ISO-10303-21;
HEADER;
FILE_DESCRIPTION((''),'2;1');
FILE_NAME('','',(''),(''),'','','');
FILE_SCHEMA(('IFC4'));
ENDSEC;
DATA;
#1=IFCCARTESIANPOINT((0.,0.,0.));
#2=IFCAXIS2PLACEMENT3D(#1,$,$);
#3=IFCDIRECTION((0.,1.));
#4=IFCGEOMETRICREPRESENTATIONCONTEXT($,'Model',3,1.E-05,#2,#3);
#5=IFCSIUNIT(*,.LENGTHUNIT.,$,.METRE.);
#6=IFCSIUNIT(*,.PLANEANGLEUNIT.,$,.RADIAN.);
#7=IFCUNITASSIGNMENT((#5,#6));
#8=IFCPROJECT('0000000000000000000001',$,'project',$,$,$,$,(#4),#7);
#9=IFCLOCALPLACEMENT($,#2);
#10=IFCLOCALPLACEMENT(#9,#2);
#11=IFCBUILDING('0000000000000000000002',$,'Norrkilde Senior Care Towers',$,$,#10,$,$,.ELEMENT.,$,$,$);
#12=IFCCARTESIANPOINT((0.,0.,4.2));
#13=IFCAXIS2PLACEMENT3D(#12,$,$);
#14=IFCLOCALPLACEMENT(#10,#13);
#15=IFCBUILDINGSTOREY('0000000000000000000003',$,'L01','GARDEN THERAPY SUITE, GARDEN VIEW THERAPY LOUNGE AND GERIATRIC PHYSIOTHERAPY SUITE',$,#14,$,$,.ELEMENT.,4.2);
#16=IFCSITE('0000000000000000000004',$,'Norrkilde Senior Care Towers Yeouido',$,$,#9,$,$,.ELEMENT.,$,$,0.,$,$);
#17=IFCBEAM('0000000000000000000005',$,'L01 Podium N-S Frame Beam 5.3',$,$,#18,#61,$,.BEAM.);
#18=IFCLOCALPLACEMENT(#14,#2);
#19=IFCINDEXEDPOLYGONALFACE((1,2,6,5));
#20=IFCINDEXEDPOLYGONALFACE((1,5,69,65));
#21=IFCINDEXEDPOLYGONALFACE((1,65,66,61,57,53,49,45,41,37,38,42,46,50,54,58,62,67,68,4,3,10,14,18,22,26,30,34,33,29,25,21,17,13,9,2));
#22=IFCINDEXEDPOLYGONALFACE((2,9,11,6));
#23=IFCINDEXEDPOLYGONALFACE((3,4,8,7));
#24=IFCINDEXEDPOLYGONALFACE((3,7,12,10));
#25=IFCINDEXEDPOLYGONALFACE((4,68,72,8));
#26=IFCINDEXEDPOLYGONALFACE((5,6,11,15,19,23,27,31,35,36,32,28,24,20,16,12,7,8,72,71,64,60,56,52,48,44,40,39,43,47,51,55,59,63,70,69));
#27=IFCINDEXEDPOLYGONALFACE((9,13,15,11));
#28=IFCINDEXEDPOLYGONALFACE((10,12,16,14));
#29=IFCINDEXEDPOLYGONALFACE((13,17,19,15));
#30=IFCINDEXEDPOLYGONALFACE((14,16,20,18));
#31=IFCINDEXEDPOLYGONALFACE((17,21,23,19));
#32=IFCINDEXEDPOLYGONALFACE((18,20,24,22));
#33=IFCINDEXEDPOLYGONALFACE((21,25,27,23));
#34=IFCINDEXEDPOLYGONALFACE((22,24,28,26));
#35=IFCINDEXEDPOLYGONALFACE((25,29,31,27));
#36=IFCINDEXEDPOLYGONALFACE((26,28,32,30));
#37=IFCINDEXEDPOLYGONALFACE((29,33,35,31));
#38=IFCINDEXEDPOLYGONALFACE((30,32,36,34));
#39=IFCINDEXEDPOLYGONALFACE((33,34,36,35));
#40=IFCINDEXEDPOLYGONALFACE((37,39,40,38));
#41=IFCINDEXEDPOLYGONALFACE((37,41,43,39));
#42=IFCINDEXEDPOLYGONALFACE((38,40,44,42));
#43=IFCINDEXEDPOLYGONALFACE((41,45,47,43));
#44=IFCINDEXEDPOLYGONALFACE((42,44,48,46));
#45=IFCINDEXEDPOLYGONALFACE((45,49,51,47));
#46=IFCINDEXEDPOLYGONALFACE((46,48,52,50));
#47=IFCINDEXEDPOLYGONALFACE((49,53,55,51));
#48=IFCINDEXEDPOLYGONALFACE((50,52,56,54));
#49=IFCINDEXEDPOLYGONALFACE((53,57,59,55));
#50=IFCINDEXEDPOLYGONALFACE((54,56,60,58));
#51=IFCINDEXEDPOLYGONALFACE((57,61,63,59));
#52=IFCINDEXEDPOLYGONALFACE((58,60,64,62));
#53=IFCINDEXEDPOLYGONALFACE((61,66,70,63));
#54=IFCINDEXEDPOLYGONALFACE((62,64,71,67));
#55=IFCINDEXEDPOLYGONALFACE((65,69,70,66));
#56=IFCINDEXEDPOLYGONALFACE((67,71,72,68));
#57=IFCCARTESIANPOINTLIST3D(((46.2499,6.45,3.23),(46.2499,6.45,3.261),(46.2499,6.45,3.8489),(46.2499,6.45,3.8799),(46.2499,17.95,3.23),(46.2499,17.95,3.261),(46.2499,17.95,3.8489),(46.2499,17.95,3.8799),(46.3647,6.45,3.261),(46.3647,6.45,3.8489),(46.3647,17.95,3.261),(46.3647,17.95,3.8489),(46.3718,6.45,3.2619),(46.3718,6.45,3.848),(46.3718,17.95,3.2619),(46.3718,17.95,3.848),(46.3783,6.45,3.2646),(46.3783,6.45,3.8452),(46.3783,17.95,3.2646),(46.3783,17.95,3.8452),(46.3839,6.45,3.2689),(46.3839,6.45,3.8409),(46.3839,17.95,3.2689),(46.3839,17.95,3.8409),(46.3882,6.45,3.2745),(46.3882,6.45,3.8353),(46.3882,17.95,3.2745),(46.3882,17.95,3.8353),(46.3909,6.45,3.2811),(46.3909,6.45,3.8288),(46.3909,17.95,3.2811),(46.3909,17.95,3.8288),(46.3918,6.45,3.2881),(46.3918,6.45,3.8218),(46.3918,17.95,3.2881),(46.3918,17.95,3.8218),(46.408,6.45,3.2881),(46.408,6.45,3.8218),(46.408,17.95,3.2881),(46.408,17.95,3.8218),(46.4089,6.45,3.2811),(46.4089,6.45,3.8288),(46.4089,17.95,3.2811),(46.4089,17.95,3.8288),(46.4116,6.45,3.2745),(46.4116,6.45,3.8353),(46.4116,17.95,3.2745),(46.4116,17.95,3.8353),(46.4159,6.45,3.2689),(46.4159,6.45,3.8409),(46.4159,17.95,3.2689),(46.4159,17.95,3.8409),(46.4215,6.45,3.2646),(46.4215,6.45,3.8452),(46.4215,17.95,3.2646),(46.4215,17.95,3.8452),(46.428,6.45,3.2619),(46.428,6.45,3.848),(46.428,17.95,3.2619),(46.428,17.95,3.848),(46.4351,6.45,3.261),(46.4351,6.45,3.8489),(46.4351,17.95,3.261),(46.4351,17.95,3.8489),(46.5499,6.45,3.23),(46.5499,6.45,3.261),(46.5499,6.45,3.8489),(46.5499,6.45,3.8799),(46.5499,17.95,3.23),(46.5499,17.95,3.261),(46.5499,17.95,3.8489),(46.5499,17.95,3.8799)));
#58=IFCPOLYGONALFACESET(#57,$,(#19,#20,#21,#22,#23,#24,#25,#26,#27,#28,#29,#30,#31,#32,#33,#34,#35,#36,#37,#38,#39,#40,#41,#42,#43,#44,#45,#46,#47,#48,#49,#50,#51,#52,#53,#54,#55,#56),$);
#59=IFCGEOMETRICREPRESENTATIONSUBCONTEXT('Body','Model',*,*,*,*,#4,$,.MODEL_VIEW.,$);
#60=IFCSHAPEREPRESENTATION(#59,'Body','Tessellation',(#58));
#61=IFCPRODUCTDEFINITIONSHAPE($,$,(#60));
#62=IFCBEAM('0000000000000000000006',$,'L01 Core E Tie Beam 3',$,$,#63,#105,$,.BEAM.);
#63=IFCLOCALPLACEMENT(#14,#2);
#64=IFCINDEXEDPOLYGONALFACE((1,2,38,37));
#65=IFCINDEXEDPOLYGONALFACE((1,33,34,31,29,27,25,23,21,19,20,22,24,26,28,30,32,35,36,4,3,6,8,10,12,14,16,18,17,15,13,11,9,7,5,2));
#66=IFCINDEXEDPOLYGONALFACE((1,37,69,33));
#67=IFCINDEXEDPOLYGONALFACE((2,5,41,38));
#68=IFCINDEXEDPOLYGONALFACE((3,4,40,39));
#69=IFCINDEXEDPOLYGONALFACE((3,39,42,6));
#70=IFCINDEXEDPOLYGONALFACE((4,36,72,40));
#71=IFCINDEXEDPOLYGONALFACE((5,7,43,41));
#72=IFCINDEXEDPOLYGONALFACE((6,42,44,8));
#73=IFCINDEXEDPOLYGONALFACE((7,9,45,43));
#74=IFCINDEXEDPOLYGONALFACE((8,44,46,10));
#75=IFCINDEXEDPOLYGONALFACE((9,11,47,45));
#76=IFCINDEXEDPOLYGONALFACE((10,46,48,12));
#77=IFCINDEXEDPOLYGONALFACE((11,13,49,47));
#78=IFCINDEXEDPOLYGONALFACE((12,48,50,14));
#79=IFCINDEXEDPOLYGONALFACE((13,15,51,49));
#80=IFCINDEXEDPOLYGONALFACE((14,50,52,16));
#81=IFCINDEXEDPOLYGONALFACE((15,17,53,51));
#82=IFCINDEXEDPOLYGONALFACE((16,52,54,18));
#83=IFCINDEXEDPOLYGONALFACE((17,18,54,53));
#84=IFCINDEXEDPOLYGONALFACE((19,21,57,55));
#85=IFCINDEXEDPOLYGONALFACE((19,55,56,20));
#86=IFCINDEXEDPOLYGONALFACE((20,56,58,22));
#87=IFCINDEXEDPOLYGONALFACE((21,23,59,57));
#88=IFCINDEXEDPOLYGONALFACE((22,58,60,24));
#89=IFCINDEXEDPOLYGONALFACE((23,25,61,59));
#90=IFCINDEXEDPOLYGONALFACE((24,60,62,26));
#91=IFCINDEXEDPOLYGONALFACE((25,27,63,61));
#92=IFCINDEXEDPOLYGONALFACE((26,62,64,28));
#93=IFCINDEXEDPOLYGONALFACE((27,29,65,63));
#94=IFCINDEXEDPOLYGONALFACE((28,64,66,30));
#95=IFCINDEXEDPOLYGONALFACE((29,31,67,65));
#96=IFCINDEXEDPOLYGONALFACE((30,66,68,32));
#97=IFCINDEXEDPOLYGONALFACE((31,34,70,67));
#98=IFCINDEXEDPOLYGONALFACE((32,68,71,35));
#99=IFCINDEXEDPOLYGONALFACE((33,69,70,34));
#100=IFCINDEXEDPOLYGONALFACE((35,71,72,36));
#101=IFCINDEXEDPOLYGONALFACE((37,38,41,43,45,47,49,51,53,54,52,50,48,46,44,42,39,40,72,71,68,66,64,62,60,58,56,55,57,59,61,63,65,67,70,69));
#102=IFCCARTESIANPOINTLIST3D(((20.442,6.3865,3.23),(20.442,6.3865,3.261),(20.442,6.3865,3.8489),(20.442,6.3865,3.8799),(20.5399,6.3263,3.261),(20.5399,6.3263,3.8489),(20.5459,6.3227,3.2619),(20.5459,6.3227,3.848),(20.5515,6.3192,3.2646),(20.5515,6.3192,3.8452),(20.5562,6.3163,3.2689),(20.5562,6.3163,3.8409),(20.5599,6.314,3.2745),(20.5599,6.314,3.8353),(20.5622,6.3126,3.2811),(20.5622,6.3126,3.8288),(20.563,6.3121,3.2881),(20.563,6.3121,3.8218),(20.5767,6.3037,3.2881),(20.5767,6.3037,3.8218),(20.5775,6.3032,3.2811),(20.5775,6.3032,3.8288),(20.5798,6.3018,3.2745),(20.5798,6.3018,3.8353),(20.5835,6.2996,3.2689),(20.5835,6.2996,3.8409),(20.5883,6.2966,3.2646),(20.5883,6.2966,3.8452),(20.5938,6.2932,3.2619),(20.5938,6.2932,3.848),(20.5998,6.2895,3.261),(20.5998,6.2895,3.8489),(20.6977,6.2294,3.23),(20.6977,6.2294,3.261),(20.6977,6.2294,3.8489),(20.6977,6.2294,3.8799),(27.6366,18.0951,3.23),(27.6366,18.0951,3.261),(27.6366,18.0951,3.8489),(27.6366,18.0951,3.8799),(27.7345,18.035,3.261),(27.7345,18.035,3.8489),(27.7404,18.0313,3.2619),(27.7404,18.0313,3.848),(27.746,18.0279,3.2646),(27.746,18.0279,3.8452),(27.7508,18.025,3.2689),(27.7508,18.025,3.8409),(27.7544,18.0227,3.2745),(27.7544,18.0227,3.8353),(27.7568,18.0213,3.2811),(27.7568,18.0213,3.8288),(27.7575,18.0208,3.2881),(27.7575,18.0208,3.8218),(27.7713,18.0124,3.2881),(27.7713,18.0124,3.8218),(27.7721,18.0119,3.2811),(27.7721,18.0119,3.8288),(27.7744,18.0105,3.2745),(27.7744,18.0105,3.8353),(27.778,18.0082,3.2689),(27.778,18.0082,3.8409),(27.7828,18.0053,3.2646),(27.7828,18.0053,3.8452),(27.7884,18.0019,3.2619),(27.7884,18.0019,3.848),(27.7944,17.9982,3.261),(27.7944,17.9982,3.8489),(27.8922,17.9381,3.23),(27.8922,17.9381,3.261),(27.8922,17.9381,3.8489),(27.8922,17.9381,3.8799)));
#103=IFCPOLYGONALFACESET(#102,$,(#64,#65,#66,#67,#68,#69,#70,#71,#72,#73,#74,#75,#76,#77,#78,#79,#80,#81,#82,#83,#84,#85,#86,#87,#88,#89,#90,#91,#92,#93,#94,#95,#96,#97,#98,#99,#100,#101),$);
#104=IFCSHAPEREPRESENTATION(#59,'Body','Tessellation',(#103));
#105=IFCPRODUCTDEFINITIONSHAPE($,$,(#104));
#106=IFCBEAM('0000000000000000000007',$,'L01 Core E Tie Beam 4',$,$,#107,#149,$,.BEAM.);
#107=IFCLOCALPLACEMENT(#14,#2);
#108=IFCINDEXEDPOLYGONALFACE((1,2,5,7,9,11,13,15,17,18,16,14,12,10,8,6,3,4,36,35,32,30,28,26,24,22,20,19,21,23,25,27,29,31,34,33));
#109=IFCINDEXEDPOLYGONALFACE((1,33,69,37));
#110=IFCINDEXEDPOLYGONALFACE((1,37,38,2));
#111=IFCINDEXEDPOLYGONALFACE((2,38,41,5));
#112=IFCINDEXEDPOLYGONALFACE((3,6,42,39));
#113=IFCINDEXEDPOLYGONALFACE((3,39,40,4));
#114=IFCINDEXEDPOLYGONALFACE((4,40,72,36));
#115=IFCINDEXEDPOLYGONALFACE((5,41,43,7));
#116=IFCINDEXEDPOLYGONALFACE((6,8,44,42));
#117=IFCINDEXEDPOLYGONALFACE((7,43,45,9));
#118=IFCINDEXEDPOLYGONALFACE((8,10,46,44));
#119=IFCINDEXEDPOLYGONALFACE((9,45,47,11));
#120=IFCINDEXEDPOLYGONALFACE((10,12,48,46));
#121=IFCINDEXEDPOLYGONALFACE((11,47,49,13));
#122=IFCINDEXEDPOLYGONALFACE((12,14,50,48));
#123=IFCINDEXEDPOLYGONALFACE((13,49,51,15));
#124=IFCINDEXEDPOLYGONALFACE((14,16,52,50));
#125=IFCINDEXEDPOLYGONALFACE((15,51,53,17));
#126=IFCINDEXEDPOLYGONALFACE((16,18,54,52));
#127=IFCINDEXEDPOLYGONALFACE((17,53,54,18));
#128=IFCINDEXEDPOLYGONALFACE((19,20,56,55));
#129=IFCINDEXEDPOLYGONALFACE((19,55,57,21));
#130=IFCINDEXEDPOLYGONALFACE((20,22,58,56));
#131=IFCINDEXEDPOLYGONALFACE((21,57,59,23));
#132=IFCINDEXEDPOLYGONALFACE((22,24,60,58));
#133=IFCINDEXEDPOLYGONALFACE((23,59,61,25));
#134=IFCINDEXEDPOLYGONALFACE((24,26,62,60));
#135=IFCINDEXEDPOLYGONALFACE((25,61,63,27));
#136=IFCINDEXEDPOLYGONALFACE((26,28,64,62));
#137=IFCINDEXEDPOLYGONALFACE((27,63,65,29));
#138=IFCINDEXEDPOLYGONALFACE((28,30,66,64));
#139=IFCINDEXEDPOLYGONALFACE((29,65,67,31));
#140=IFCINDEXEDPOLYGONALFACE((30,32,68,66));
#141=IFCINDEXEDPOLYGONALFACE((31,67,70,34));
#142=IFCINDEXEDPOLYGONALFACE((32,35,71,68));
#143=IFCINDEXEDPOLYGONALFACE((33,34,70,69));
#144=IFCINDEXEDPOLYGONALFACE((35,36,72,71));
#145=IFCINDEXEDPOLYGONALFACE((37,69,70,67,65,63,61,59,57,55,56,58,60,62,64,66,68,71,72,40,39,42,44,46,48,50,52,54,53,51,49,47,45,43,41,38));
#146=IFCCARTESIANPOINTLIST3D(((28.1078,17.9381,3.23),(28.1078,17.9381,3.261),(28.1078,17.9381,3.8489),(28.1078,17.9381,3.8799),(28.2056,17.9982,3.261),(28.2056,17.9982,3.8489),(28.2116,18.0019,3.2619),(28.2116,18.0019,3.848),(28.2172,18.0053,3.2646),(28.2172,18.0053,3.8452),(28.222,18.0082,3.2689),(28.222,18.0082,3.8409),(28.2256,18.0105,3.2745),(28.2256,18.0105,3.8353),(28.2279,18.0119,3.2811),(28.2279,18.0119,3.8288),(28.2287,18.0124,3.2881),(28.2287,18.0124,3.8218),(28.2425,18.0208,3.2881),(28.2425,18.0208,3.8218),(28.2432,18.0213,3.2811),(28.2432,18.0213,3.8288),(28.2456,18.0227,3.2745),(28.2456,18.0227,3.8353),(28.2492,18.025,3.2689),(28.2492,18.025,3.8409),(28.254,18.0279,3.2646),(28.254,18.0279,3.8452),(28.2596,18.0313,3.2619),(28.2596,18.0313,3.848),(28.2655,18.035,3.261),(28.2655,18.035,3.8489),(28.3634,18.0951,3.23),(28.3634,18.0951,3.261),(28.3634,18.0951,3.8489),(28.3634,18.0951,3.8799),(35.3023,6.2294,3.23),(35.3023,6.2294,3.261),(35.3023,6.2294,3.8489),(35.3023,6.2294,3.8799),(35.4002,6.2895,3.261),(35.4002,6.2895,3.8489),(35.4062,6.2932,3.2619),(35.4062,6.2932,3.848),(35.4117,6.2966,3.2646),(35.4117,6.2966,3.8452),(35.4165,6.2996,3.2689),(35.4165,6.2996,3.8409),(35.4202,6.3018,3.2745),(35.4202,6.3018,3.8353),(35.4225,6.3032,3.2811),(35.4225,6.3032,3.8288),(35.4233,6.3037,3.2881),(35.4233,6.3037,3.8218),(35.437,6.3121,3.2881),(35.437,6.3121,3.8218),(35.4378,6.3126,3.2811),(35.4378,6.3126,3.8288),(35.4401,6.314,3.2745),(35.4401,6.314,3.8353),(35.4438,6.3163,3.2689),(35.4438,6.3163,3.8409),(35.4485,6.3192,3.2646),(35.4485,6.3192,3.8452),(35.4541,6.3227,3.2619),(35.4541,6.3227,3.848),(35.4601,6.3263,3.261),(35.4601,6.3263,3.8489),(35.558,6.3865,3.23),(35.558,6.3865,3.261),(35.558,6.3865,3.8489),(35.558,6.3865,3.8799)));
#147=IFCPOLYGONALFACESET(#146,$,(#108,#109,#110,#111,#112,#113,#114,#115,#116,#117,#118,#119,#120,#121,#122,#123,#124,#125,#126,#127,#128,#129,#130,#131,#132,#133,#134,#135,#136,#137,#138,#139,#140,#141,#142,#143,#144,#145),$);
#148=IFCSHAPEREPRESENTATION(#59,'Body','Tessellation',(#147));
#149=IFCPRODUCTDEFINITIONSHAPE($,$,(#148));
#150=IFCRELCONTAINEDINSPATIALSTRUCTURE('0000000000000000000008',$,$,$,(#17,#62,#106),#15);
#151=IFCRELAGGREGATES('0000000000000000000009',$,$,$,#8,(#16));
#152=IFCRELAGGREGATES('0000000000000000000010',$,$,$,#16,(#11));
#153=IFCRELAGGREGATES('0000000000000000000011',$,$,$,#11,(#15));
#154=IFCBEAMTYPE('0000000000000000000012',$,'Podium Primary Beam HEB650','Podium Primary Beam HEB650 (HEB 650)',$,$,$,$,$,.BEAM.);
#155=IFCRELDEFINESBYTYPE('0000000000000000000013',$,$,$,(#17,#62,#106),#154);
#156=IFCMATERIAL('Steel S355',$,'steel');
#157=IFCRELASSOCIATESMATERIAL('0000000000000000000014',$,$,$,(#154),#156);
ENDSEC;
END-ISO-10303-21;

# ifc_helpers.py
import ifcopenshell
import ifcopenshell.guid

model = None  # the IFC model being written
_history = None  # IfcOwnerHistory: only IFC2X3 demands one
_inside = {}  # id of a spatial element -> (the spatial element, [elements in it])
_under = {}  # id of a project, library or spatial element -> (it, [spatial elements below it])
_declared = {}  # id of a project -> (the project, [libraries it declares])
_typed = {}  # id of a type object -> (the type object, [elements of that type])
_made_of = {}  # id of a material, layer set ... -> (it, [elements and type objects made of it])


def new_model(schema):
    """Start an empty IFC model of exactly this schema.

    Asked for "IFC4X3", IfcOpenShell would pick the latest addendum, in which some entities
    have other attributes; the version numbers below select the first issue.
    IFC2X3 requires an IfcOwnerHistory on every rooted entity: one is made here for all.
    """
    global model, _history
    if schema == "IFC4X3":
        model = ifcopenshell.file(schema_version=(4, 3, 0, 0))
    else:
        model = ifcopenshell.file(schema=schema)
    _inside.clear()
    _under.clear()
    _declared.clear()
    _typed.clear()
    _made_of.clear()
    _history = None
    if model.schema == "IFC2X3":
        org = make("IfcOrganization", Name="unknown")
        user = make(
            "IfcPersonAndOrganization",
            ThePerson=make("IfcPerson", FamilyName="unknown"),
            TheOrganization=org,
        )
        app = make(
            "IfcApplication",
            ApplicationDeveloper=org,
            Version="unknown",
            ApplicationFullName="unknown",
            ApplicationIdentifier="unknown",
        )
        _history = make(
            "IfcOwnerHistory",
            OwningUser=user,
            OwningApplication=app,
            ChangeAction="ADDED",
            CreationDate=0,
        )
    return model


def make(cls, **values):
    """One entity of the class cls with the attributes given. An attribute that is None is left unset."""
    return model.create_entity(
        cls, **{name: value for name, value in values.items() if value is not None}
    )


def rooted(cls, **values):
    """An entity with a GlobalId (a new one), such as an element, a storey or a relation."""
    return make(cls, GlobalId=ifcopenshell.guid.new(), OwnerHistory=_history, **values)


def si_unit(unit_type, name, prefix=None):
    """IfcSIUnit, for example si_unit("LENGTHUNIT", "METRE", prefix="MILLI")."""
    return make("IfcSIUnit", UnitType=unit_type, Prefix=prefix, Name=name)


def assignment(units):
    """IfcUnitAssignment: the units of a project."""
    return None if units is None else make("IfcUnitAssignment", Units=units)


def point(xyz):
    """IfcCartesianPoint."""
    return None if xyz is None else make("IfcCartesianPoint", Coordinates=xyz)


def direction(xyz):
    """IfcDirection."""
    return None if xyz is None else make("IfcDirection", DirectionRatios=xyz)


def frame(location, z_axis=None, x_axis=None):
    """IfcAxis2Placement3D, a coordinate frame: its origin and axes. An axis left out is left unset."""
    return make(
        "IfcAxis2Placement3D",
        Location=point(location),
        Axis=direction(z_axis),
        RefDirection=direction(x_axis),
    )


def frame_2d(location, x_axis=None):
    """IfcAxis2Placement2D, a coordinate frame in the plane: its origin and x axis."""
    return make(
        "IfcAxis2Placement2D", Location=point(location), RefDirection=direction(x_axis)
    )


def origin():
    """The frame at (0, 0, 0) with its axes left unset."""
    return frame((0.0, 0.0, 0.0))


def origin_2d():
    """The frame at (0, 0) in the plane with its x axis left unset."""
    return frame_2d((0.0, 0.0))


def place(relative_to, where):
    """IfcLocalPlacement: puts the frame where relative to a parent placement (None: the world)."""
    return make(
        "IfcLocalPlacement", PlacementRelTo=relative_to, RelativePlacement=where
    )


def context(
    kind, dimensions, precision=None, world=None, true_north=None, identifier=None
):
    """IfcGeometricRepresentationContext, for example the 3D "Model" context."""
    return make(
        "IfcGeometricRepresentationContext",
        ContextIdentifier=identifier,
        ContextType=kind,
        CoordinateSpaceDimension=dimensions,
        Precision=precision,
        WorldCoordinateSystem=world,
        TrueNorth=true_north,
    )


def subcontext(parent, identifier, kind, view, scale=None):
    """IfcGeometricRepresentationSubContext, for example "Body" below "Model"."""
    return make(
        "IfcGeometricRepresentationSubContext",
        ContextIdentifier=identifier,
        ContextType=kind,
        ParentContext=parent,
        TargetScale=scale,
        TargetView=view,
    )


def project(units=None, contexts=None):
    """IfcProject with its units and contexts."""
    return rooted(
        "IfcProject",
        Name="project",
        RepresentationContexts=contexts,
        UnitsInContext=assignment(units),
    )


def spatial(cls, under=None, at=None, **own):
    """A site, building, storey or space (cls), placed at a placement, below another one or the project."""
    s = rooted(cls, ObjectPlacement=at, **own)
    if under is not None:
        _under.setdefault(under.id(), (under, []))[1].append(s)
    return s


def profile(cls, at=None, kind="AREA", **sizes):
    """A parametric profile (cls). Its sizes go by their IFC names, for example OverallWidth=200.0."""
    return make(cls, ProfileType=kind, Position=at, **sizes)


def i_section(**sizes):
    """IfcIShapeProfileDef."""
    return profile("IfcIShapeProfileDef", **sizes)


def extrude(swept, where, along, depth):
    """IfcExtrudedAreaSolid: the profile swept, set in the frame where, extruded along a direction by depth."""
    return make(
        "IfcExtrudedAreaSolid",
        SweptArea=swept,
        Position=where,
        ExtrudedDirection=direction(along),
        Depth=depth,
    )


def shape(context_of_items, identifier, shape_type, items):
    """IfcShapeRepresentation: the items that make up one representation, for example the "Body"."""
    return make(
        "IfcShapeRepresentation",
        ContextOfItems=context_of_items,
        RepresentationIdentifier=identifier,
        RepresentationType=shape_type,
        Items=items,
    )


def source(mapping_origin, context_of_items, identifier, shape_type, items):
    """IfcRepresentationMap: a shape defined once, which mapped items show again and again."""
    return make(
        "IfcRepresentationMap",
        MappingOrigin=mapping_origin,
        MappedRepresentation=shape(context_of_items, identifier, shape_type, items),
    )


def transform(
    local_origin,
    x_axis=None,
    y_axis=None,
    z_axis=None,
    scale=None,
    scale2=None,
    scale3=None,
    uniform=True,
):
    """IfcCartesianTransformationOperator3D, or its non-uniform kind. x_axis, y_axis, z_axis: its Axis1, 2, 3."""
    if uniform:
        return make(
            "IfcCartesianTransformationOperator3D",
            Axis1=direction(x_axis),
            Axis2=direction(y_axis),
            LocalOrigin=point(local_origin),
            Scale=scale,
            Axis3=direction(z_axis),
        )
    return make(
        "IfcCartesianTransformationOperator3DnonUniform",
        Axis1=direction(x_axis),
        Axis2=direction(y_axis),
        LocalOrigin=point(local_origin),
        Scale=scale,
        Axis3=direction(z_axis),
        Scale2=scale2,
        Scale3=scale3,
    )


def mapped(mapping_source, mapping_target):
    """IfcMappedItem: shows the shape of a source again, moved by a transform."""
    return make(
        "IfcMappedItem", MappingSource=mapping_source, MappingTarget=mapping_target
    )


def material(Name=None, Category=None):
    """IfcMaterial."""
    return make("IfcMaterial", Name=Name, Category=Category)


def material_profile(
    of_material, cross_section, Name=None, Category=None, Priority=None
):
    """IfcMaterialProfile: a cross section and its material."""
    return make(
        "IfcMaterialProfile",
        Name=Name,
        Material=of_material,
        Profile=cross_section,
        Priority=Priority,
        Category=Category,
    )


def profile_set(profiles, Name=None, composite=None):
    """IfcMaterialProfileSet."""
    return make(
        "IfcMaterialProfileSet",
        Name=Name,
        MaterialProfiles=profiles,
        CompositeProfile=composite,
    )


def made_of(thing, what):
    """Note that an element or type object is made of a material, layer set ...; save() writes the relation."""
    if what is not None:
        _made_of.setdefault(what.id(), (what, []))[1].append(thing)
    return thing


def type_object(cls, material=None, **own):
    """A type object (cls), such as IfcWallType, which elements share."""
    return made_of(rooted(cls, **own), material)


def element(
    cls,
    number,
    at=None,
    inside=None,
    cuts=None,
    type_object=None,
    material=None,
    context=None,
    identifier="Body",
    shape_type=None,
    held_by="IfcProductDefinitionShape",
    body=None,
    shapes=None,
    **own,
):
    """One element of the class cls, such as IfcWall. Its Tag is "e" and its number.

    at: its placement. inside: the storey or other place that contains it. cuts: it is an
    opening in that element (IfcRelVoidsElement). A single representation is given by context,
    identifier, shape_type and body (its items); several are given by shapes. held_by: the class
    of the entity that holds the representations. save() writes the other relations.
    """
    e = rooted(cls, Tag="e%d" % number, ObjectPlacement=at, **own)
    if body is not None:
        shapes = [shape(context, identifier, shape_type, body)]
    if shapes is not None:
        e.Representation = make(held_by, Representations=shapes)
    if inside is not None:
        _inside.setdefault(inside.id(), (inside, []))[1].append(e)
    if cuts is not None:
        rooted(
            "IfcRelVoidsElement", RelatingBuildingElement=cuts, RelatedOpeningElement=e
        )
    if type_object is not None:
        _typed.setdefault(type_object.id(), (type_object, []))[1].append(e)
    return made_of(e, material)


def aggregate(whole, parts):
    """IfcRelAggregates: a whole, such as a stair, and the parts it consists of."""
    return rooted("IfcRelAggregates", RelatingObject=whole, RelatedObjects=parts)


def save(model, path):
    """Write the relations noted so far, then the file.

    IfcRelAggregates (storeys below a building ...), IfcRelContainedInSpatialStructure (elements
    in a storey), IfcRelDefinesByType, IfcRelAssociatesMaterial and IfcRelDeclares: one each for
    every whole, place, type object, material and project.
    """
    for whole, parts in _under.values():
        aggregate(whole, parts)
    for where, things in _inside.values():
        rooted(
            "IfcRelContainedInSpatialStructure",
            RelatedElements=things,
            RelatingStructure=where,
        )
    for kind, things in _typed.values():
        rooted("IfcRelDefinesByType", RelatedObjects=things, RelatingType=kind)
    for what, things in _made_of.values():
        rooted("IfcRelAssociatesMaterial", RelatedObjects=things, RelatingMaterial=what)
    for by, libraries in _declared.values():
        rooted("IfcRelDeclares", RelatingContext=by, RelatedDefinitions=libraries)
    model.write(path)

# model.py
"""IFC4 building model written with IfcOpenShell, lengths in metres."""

from ifc_helpers import new_model, si_unit, direction, frame, origin, origin_2d, place, context, subcontext, project, spatial, i_section, extrude, source, transform, mapped, material, material_profile, profile_set, type_object, element, save


model = new_model("IFC4")

# Units and contexts
model_context = context("Model", 3, precision=1e-05, world=origin(), true_north=direction((0.0, 1.0)))
body_context = subcontext(model_context, "Body", "Model", "MODEL_VIEW")
ifc_project = project(units=[si_unit("LENGTHUNIT", "METRE"), si_unit("PLANEANGLEUNIT", "RADIAN")], contexts=[model_context])

# Site, building, storey
site_placement = place(None, origin())
site = spatial("IfcSite", under=ifc_project, at=site_placement, Name="Norrkilde Senior Care Towers Yeouido", CompositionType="ELEMENT", RefElevation=0.0)
building_placement = place(site_placement, origin())
building = spatial("IfcBuilding", under=site, at=building_placement, Name="Norrkilde Senior Care Towers", CompositionType="ELEMENT")
storey_placement = place(building_placement, frame((0.0, 0.0, 4.2)))
storey = spatial("IfcBuildingStorey", under=building, at=storey_placement, Name="L01", Description="GARDEN THERAPY SUITE, GARDEN VIEW THERAPY LOUNGE AND GERIATRIC PHYSIOTHERAPY SUITE", CompositionType="ELEMENT", Elevation=4.2)

# Beams
ifc_material_1 = material(Name="Steel S355", Category="steel")
ifc_material_profile_1 = material_profile(ifc_material_1, i_section(OverallWidth=0.3, OverallDepth=0.6499, WebThickness=0.0161, FlangeThickness=0.031, FilletRadius=0.0271, at=origin_2d()), Name="HEB 650")
ifc_profile_set_1 = profile_set([ifc_material_profile_1], Name="Steel S355")
beam_type = type_object("IfcBeamType", Name="Podium Primary Beam HEB650", Description="Podium Primary Beam HEB650 (HEB 650)", PredefinedType="BEAM", material=ifc_profile_set_1)
shared_shape_1 = source(origin(), body_context, "Body", "SweptSolid", [
    extrude(i_section(OverallWidth=0.3, OverallDepth=0.6499, WebThickness=0.0161, FlangeThickness=0.031, FilletRadius=0.0271, at=origin_2d()), origin(), (0.0, 0.0, 1.0), 11.5),
])
beam_placement = place(storey_placement, frame((46.3999, 6.45, 3.5549), z_axis=(0.0, 1.0, 0.0), x_axis=(-1.0, 0.0, 0.0)))
element("IfcBeam", 1, at=beam_placement, inside=storey, type_object=beam_type, Name="L01 Podium N-S Frame Beam 5.3", PredefinedType="BEAM", context=body_context, shape_type="MappedRepresentation", body=[
    mapped(shared_shape_1, transform((0.0, 0.0, 0.0), x_axis=(1.0, 0.0, 0.0), y_axis=(0.0, 1.0, 0.0), z_axis=(0.0, 0.0, 1.0), scale=1.0)),
])
shared_shape_2 = source(origin(), body_context, "Body", "SweptSolid", [
    extrude(i_section(OverallWidth=0.3, OverallDepth=0.6499, WebThickness=0.0161, FlangeThickness=0.031, FilletRadius=0.0271, at=origin_2d()), origin(), (0.0, 0.0, 1.0), 13.7424),
])
for number, where, z_axis, x_axis, name in (
    (2, (27.7644, 18.0166, 3.5549), (-0.523527, -0.852009, 0.0), (0.852009, -0.523527, 0.0), "L01 Core E Tie Beam 3"),
    (3, (28.2356, 18.0166, 3.5549), (0.523527, -0.852009, 0.0), (0.852009, 0.523527, 0.0), "L01 Core E Tie Beam 4"),
):
    element("IfcBeam", number, at=place(storey_placement, frame(where, z_axis=z_axis, x_axis=x_axis)), inside=storey, type_object=beam_type, Name=name, PredefinedType="BEAM", context=body_context, shape_type="MappedRepresentation", body=[
        mapped(shared_shape_2, transform((0.0, 0.0, 0.0), x_axis=(1.0, 0.0, 0.0), y_axis=(0.0, 1.0, 0.0), z_axis=(0.0, 0.0, 1.0), scale=1.0)),
    ])

save(model, "model.ifc")
